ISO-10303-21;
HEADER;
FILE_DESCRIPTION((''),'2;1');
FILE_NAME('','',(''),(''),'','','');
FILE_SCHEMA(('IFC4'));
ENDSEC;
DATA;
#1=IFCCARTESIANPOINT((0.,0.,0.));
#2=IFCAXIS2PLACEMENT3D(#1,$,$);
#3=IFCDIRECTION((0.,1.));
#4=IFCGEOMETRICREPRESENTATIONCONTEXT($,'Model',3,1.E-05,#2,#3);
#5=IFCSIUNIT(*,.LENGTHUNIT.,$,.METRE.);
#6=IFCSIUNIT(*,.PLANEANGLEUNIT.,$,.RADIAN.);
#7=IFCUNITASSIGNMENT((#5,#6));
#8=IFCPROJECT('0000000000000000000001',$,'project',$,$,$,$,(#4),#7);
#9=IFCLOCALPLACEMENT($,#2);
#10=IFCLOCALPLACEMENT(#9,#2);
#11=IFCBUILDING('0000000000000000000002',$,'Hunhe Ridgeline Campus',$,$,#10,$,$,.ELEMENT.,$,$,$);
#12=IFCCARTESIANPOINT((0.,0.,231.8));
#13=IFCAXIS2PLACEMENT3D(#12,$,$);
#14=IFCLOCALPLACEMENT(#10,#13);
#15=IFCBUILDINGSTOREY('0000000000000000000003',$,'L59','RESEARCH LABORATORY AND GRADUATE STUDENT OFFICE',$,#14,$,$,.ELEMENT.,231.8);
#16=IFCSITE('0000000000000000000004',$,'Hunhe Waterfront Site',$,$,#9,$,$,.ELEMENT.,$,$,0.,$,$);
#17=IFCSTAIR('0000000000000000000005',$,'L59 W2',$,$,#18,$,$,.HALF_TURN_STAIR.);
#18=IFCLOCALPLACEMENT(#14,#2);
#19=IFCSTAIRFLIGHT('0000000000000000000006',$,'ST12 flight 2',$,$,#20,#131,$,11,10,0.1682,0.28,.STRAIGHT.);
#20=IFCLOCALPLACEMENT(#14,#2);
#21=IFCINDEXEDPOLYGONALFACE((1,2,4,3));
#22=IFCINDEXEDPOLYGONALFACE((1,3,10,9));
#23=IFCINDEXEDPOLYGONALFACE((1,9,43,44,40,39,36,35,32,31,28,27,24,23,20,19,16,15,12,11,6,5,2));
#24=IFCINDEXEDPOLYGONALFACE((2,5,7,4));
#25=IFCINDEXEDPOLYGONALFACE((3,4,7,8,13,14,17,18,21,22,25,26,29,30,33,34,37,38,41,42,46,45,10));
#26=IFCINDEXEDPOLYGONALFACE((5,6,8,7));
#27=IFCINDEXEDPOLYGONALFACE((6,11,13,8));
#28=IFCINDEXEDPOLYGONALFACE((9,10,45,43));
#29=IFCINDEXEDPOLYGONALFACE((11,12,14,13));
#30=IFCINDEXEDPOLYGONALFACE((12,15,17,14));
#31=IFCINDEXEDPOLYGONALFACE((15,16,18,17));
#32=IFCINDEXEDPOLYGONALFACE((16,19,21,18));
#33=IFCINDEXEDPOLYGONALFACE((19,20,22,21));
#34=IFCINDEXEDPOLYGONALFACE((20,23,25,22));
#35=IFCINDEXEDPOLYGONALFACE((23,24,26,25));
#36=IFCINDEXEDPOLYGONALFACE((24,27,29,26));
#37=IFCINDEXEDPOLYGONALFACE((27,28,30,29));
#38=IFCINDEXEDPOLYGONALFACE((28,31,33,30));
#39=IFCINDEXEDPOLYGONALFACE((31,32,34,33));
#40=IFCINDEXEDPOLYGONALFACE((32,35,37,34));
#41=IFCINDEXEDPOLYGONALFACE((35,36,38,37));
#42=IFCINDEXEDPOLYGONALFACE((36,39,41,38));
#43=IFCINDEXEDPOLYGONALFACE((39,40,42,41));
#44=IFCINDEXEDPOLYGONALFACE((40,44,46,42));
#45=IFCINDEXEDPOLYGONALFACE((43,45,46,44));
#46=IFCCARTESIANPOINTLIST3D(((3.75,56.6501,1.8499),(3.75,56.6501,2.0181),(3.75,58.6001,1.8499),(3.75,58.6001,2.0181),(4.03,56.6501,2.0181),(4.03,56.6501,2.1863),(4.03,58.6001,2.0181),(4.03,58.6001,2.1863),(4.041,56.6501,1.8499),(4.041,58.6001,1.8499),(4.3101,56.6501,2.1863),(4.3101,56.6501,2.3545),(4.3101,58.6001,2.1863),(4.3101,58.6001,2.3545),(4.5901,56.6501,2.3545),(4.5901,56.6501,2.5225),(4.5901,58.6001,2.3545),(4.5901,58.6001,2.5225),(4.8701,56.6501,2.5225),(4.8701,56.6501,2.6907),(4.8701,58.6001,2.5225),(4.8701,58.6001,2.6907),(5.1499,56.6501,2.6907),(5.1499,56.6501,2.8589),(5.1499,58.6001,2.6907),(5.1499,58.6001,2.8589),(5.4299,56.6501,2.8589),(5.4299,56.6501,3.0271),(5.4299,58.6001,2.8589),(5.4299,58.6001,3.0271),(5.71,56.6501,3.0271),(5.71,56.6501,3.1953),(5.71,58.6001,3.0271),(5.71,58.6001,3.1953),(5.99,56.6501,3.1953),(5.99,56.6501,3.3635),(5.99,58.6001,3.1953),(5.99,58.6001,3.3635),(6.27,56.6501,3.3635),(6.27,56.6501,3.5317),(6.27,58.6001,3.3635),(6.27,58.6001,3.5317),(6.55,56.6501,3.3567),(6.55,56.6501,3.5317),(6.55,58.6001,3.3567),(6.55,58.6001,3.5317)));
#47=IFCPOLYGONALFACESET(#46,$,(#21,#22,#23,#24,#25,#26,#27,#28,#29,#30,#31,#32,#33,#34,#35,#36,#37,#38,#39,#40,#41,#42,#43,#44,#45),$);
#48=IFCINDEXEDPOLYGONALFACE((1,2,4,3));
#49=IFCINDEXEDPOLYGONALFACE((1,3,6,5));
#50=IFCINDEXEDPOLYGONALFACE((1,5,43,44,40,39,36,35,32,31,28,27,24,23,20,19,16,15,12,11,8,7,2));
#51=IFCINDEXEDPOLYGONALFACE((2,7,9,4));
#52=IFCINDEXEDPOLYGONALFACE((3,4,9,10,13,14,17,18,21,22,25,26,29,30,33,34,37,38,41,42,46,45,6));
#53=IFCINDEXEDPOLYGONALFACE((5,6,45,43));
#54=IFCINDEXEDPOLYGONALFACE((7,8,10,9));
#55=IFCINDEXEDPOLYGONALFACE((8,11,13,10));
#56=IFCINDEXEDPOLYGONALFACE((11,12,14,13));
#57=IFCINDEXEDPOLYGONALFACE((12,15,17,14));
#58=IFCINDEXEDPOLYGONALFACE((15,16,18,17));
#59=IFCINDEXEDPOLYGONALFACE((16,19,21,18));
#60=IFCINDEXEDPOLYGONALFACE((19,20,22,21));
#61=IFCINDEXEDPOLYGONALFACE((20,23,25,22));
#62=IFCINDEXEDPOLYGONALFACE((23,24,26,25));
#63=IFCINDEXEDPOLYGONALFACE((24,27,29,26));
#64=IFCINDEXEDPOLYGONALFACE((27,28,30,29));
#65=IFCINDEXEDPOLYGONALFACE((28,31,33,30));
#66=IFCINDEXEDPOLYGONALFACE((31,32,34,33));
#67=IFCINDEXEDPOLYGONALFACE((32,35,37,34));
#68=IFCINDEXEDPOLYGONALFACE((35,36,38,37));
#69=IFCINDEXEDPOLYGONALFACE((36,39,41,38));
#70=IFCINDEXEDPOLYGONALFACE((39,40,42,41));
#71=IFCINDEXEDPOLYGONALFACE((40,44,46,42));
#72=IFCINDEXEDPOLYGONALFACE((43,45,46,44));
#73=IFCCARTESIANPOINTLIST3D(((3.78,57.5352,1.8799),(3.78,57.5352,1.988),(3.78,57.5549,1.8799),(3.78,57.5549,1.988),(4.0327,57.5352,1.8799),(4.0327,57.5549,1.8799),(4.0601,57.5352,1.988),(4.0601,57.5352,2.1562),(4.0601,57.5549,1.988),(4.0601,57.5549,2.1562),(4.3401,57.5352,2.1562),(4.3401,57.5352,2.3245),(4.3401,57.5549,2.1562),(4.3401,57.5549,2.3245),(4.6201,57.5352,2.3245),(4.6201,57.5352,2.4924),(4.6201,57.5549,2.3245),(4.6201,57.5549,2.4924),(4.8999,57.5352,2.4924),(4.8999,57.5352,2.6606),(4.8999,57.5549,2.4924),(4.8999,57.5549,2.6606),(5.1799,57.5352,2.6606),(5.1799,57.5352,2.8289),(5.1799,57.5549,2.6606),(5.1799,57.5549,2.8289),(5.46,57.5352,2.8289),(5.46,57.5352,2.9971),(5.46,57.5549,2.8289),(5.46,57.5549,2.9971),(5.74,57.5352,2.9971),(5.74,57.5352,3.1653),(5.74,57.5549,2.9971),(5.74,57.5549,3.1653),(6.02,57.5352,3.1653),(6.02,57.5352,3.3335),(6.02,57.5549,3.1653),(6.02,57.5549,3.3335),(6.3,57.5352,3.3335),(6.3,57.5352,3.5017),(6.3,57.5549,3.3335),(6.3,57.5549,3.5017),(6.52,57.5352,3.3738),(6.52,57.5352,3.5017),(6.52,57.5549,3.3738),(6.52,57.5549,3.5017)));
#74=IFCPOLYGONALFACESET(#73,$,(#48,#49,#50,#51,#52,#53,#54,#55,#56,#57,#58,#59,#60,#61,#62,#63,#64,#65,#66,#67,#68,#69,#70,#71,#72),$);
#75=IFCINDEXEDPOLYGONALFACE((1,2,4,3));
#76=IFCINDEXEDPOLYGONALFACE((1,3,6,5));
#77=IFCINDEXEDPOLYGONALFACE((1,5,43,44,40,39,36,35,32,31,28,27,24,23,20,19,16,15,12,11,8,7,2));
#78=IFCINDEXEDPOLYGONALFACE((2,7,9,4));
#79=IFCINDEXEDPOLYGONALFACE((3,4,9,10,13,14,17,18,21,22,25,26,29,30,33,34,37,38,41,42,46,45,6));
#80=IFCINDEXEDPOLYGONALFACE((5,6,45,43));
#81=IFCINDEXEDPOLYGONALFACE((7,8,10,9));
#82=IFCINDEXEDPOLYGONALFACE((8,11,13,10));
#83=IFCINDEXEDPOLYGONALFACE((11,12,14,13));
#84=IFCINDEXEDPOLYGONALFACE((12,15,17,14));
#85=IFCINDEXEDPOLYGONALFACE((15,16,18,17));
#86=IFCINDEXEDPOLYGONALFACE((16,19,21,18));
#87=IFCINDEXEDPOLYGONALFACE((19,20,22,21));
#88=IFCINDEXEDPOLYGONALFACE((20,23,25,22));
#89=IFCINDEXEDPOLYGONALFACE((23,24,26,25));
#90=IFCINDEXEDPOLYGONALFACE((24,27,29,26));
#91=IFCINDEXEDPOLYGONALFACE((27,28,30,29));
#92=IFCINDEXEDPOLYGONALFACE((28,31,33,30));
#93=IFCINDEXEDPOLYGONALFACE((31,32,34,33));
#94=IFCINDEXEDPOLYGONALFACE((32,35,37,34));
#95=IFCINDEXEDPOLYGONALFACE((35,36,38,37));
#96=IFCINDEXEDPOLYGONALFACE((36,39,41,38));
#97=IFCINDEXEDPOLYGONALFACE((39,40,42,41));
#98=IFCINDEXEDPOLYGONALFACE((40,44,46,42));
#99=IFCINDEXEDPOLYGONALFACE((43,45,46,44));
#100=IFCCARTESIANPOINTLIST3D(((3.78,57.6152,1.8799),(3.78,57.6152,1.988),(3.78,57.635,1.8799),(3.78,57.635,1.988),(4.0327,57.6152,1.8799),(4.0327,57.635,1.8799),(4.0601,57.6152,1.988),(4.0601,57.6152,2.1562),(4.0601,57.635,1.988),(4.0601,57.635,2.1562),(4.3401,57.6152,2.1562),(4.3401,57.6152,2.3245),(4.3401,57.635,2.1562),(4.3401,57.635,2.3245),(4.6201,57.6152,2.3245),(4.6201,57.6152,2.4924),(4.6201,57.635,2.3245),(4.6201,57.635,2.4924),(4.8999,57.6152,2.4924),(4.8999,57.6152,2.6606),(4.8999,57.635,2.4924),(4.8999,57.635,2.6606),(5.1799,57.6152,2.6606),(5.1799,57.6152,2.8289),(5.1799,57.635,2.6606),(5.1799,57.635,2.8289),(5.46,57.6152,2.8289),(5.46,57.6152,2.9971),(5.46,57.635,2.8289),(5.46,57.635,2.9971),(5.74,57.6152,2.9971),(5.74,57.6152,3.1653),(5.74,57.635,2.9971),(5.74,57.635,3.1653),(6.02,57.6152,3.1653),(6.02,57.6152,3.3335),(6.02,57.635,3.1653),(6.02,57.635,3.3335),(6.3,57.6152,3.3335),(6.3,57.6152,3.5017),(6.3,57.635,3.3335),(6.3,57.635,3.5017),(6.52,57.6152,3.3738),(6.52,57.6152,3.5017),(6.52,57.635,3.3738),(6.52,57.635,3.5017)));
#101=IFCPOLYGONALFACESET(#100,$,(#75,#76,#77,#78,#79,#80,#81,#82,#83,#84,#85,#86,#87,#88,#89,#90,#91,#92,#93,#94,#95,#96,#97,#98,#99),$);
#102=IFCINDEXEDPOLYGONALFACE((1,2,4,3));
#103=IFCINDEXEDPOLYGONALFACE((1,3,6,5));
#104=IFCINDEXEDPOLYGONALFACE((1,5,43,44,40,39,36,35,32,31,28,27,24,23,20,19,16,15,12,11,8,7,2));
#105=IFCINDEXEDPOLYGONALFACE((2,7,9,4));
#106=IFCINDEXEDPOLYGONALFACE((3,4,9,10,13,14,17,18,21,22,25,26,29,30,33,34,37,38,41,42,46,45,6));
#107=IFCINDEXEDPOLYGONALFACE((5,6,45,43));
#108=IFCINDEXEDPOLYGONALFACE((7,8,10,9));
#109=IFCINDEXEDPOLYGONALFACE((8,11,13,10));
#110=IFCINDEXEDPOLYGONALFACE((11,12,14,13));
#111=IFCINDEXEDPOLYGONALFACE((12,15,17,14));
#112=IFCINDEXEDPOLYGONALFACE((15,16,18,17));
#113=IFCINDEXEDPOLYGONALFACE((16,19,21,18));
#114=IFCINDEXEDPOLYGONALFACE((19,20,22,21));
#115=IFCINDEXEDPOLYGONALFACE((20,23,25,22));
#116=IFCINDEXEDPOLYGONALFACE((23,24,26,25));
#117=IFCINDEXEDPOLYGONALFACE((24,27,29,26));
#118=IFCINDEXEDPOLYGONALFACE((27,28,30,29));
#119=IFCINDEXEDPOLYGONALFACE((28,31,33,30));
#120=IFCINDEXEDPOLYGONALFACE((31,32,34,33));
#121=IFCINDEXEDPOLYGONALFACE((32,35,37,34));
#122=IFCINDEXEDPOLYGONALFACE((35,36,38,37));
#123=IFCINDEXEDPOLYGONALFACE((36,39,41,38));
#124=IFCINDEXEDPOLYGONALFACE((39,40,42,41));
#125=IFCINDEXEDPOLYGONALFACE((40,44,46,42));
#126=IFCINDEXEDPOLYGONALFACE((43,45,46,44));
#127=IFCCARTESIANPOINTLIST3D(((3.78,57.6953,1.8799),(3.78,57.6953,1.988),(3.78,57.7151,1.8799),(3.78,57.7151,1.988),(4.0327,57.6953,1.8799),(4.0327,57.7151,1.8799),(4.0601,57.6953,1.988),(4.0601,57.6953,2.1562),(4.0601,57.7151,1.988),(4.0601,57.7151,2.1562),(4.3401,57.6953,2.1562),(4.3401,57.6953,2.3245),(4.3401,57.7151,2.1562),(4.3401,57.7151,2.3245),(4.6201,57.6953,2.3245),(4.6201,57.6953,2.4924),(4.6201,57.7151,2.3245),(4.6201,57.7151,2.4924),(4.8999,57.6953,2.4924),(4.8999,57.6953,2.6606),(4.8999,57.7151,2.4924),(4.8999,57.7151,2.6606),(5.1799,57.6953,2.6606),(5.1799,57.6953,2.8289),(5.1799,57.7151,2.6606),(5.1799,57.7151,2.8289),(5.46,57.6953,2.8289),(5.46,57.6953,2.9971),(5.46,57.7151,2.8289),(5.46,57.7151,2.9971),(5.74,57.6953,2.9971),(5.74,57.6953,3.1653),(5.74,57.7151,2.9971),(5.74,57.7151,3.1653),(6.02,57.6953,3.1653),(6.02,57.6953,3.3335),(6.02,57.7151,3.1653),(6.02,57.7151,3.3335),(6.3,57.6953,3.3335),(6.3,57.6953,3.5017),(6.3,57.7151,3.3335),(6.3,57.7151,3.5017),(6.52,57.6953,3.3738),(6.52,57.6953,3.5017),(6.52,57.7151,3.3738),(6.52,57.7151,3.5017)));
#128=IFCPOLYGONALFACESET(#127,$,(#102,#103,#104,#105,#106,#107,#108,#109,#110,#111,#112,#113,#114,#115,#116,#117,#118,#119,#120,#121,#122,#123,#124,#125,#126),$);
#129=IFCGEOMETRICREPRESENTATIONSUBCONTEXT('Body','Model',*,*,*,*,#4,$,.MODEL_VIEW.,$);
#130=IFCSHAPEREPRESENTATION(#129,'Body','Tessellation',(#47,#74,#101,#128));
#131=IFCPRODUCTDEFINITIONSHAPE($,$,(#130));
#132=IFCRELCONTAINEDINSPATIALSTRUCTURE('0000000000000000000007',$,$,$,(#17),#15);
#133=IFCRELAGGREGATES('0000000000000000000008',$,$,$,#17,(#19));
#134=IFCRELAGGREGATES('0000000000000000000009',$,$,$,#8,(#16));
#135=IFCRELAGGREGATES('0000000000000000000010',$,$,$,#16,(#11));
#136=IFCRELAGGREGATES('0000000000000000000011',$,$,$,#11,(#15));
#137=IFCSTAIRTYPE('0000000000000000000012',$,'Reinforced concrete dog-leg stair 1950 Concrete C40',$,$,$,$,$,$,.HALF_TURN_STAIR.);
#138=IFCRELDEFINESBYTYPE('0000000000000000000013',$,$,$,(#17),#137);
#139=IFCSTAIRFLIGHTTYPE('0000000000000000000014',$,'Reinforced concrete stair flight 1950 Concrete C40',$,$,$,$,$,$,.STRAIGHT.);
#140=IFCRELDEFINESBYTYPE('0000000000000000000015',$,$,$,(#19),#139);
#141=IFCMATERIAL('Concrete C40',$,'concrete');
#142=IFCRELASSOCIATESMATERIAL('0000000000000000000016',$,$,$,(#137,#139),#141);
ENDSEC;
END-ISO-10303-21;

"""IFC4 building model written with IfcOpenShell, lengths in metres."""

from ifc_helpers import new_model, si_unit, direction, frame, origin, place, context, subcontext, project, spatial, polyline, outline, extrude, material, type_object, element, aggregate, save


model = new_model("IFC4")

# Units and contexts
model_context = context("Model", 3, precision=1e-05, world=origin(), true_north=direction((0.0, 1.0)))
body_context = subcontext(model_context, "Body", "Model", "MODEL_VIEW")
ifc_project = project(units=[si_unit("LENGTHUNIT", "METRE"), si_unit("PLANEANGLEUNIT", "RADIAN")], contexts=[model_context])

# Site, building, storey
site_placement = place(None, origin())
site = spatial("IfcSite", under=ifc_project, at=site_placement, Name="Hunhe Waterfront Site", CompositionType="ELEMENT", RefElevation=0.0)
building_placement = place(site_placement, origin())
building = spatial("IfcBuilding", under=site, at=building_placement, Name="Hunhe Ridgeline Campus", CompositionType="ELEMENT")
storey_placement = place(building_placement, frame((0.0, 0.0, 231.8)))
storey = spatial("IfcBuildingStorey", under=building, at=storey_placement, Name="L59", Description="RESEARCH LABORATORY AND GRADUATE STUDENT OFFICE", CompositionType="ELEMENT", Elevation=231.8)

# Shared definitions
ifc_material_1 = material(Name="Concrete C40", Category="concrete")
stair_type = type_object("IfcStairType", Name="Reinforced concrete dog-leg stair 1950 Concrete C40", PredefinedType="HALF_TURN_STAIR", material=ifc_material_1)
stair_flight_type = type_object("IfcStairFlightType", Name="Reinforced concrete stair flight 1950 Concrete C40", PredefinedType="STRAIGHT", material=ifc_material_1)

# Stair, stair flight
stair_1_placement = place(storey_placement, origin())
stair_1 = element("IfcStair", 1, at=stair_1_placement, inside=storey, type_object=stair_type, Name="L59 W2", PredefinedType="HALF_TURN_STAIR")
stair_flight_1_placement = place(storey_placement, frame((3.75, 57.625, 1.8499), z_axis=(0.0, 0.0, 1.0), x_axis=(1.0, 0.0, 0.0)))
stair_flight_1 = element("IfcStairFlight", 2, at=stair_flight_1_placement, type_object=stair_flight_type, Name="ST12 flight 2", NumberOfRisers=11, NumberOfTreads=10, PredefinedType="STRAIGHT", RiserHeight=0.1682, TreadLength=0.28, context=body_context, shape_type="SweptSolid", body=[
    extrude(outline(polyline([(0.0, 0.0), (0.0, 0.1682), (0.28, 0.1682), (0.28, 0.3364), (0.5601, 0.3364), (0.5601, 0.5046), (0.8401, 0.5046), (0.8401, 0.6726), (1.1201, 0.6726), (1.1201, 0.8408), (1.3999, 0.8408), (1.3999, 1.009), (1.6799, 1.009), (1.6799, 1.1772), (1.96, 1.1772), (1.96, 1.3455), (2.24, 1.3455), (2.24, 1.5137), (2.52, 1.5137), (2.52, 1.6819), (2.8, 1.6819), (2.8, 1.8501), (2.8, 1.5068), (0.291, 0.0), (0.0, 0.0)])), frame((0.0, 0.9751, 0.0), z_axis=(0.0, -1.0, 0.0), x_axis=(1.0, 0.0, 0.0)), (0.0, 0.0, 1.0), 1.95),
    extrude(outline(polyline([(0.03, 0.03), (0.03, 0.1382), (0.3101, 0.1382), (0.3101, 0.3064), (0.5901, 0.3064), (0.5901, 0.4746), (0.8701, 0.4746), (0.8701, 0.6426), (1.1499, 0.6426), (1.1499, 0.8108), (1.4299, 0.8108), (1.4299, 0.979), (1.71, 0.979), (1.71, 1.1472), (1.99, 1.1472), (1.99, 1.3154), (2.27, 1.3154), (2.27, 1.4836), (2.55, 1.4836), (2.55, 1.6519), (2.77, 1.6519), (2.77, 1.5239), (0.2827, 0.03), (0.03, 0.03)])), frame((0.0, -0.0701, 0.0), z_axis=(0.0, -1.0, 0.0), x_axis=(1.0, 0.0, 0.0)), (0.0, 0.0, 1.0), 0.0198),
    extrude(outline(polyline([(0.03, 0.03), (0.03, 0.1382), (0.3101, 0.1382), (0.3101, 0.3064), (0.5901, 0.3064), (0.5901, 0.4746), (0.8701, 0.4746), (0.8701, 0.6426), (1.1499, 0.6426), (1.1499, 0.8108), (1.4299, 0.8108), (1.4299, 0.979), (1.71, 0.979), (1.71, 1.1472), (1.99, 1.1472), (1.99, 1.3154), (2.27, 1.3154), (2.27, 1.4836), (2.55, 1.4836), (2.55, 1.6519), (2.77, 1.6519), (2.77, 1.5239), (0.2827, 0.03), (0.03, 0.03)])), frame((0.0, 0.01, 0.0), z_axis=(0.0, -1.0, 0.0), x_axis=(1.0, 0.0, 0.0)), (0.0, 0.0, 1.0), 0.0198),
    extrude(outline(polyline([(0.03, 0.03), (0.03, 0.1382), (0.3101, 0.1382), (0.3101, 0.3064), (0.5901, 0.3064), (0.5901, 0.4746), (0.8701, 0.4746), (0.8701, 0.6426), (1.1499, 0.6426), (1.1499, 0.8108), (1.4299, 0.8108), (1.4299, 0.979), (1.71, 0.979), (1.71, 1.1472), (1.99, 1.1472), (1.99, 1.3154), (2.27, 1.3154), (2.27, 1.4836), (2.55, 1.4836), (2.55, 1.6519), (2.77, 1.6519), (2.77, 1.5239), (0.2827, 0.03), (0.03, 0.03)])), frame((0.0, 0.0901, 0.0), z_axis=(0.0, -1.0, 0.0), x_axis=(1.0, 0.0, 0.0)), (0.0, 0.0, 1.0), 0.0198),
])
aggregate(stair_1, [stair_flight_1])

save(model, "model.ifc")
